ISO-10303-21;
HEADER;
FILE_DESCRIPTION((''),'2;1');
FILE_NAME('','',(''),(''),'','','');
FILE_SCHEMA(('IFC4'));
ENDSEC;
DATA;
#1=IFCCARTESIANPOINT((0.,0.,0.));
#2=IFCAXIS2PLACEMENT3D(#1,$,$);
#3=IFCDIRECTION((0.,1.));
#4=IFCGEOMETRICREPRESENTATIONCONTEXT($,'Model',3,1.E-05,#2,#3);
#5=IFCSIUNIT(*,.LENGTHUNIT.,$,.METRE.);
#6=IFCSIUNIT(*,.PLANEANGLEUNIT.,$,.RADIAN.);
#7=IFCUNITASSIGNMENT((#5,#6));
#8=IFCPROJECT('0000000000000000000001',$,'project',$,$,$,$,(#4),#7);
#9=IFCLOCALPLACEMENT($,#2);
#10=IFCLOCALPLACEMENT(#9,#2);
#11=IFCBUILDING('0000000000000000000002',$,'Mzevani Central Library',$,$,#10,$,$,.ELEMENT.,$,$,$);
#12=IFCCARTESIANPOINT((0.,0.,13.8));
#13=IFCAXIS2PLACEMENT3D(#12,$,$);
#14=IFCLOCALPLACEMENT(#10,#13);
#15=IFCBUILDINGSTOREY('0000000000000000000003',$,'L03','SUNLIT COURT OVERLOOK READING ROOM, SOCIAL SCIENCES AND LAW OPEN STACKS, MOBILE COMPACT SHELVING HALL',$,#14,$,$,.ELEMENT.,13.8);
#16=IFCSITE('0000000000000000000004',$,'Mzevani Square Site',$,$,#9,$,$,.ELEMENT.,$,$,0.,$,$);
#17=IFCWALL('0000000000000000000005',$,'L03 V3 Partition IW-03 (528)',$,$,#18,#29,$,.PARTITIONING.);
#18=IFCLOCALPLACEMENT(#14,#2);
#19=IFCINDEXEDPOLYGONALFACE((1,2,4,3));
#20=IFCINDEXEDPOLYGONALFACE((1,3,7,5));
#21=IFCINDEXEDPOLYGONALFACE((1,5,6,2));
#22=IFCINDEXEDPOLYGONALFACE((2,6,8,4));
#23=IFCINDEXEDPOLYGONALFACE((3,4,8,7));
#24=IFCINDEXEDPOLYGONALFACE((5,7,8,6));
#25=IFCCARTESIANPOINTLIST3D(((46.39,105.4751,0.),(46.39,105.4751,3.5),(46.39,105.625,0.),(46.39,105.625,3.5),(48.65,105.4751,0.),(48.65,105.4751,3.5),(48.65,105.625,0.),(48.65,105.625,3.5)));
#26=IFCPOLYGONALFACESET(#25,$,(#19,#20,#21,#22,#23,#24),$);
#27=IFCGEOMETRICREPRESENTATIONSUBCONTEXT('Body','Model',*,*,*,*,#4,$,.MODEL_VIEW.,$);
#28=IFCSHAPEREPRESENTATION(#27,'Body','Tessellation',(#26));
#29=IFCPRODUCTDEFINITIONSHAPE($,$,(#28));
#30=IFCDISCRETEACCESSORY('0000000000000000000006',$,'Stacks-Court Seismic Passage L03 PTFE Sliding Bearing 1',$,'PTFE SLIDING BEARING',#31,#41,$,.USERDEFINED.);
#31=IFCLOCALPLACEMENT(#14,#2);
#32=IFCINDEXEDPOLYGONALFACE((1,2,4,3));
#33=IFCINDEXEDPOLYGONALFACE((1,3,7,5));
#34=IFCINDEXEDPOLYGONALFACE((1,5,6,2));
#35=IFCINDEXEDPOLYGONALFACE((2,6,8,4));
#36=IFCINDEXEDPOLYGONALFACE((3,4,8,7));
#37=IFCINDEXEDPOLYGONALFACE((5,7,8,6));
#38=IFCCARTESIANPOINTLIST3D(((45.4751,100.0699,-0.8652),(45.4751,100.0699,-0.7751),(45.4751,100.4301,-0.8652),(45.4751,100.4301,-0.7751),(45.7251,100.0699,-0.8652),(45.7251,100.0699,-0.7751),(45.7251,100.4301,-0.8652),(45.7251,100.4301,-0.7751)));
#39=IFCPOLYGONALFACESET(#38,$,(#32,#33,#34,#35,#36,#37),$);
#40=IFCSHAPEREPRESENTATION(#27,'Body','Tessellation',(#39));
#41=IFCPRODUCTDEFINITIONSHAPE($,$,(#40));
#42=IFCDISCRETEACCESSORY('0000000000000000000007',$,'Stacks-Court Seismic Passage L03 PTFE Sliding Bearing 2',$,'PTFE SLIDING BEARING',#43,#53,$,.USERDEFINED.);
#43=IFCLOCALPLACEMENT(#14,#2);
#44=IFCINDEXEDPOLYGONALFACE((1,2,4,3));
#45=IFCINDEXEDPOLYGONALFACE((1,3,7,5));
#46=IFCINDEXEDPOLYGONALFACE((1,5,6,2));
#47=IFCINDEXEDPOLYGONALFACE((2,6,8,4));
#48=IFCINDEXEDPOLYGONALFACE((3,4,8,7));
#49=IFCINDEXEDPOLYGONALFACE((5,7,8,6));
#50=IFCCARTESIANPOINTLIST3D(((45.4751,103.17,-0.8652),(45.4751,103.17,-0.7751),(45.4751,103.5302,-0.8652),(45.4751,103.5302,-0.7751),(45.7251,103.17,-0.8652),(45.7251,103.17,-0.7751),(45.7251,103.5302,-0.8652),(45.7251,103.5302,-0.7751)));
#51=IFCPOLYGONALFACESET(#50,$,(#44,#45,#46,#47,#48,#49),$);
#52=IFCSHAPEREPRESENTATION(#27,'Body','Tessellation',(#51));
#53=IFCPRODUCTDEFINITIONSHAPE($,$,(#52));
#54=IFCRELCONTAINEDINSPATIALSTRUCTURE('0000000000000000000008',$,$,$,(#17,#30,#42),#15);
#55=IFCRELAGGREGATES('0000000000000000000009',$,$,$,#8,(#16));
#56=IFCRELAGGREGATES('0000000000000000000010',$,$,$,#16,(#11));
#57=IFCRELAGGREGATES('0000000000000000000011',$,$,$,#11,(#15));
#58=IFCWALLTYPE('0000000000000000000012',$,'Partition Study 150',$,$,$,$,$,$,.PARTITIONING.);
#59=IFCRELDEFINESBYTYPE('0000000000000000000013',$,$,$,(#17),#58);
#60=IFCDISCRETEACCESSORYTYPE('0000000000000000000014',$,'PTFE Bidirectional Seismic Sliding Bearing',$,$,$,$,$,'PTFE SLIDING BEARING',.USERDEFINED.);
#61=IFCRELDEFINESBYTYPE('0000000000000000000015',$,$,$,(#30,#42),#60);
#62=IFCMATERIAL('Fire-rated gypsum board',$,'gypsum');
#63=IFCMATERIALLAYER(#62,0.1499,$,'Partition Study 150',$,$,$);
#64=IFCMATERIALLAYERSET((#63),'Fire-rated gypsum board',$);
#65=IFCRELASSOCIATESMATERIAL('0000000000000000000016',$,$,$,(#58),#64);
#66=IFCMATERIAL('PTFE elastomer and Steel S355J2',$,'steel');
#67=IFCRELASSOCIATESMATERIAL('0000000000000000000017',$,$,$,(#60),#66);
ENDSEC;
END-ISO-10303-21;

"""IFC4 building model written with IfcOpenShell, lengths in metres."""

from ifc_helpers import new_model, si_unit, direction, frame, frame_2d, origin, origin_2d, place, context, subcontext, project, spatial, rectangle, extrude, material, layer, layer_set, type_object, element, save


model = new_model("IFC4")

# Units and contexts
model_context = context("Model", 3, precision=1e-05, world=origin(), true_north=direction((0.0, 1.0)))
body_context = subcontext(model_context, "Body", "Model", "MODEL_VIEW")
ifc_project = project(units=[si_unit("LENGTHUNIT", "METRE"), si_unit("PLANEANGLEUNIT", "RADIAN")], contexts=[model_context])

# Site, building, storey
site_placement = place(None, origin())
site = spatial("IfcSite", under=ifc_project, at=site_placement, Name="Mzevani Square Site", CompositionType="ELEMENT", RefElevation=0.0)
building_placement = place(site_placement, origin())
building = spatial("IfcBuilding", under=site, at=building_placement, Name="Mzevani Central Library", CompositionType="ELEMENT")
storey_placement = place(building_placement, frame((0.0, 0.0, 13.8)))
storey = spatial("IfcBuildingStorey", under=building, at=storey_placement, Name="L03", Description="SUNLIT COURT OVERLOOK READING ROOM, SOCIAL SCIENCES AND LAW OPEN STACKS, MOBILE COMPACT SHELVING HALL", CompositionType="ELEMENT", Elevation=13.8)

# Shared definitions
ifc_material_1 = material(Name="Fire-rated gypsum board", Category="gypsum")
ifc_layer_1 = layer(ifc_material_1, 0.1499, Name="Partition Study 150")
ifc_layer_set_1 = layer_set([ifc_layer_1], Name="Fire-rated gypsum board")
wall_type_1 = type_object("IfcWallType", Name="Partition Study 150", PredefinedType="PARTITIONING", material=ifc_layer_set_1)

# Wall
wall_1_placement = place(storey_placement, frame((48.6499, 105.55, 0.0), z_axis=(0.0, 0.0, 1.0), x_axis=(-1.0, 0.0, 0.0)))
element("IfcWall", 1, at=wall_1_placement, inside=storey, type_object=wall_type_1, Name="L03 V3 Partition IW-03 (528)", PredefinedType="PARTITIONING", context=body_context, shape_type="SweptSolid", body=[
    extrude(rectangle(XDim=2.26, YDim=0.1499, at=frame_2d((1.1299, 0.0))), origin(), (0.0, 0.0, 1.0), 3.5),
])

# Discrete accessories
ifc_material_2 = material(Name="PTFE elastomer and Steel S355J2", Category="steel")
discrete_accessory_type = type_object("IfcDiscreteAccessoryType", Name="PTFE Bidirectional Seismic Sliding Bearing", ElementType="PTFE SLIDING BEARING", PredefinedType="USERDEFINED", material=ifc_material_2)
for number, where, z_axis, x_axis, name in (
    (2, (45.6001, 100.25, -0.8652), (0.0, 0.0, 1.0), (1.0, 0.0, 0.0), "Stacks-Court Seismic Passage L03 PTFE Sliding Bearing 1"),
    (3, (45.6001, 103.3501, -0.8652), (0.0, 0.0, 1.0), (1.0, 0.0, 0.0), "Stacks-Court Seismic Passage L03 PTFE Sliding Bearing 2"),
):
    element("IfcDiscreteAccessory", number, at=place(storey_placement, frame(where, z_axis=z_axis, x_axis=x_axis)), inside=storey, type_object=discrete_accessory_type, Name=name, ObjectType="PTFE SLIDING BEARING", PredefinedType="USERDEFINED", context=body_context, shape_type="SweptSolid", body=[
        extrude(rectangle(XDim=0.25, YDim=0.3601, at=origin_2d()), origin(), (0.0, 0.0, 1.0), 0.0901),
    ])

save(model, "model.ifc")
